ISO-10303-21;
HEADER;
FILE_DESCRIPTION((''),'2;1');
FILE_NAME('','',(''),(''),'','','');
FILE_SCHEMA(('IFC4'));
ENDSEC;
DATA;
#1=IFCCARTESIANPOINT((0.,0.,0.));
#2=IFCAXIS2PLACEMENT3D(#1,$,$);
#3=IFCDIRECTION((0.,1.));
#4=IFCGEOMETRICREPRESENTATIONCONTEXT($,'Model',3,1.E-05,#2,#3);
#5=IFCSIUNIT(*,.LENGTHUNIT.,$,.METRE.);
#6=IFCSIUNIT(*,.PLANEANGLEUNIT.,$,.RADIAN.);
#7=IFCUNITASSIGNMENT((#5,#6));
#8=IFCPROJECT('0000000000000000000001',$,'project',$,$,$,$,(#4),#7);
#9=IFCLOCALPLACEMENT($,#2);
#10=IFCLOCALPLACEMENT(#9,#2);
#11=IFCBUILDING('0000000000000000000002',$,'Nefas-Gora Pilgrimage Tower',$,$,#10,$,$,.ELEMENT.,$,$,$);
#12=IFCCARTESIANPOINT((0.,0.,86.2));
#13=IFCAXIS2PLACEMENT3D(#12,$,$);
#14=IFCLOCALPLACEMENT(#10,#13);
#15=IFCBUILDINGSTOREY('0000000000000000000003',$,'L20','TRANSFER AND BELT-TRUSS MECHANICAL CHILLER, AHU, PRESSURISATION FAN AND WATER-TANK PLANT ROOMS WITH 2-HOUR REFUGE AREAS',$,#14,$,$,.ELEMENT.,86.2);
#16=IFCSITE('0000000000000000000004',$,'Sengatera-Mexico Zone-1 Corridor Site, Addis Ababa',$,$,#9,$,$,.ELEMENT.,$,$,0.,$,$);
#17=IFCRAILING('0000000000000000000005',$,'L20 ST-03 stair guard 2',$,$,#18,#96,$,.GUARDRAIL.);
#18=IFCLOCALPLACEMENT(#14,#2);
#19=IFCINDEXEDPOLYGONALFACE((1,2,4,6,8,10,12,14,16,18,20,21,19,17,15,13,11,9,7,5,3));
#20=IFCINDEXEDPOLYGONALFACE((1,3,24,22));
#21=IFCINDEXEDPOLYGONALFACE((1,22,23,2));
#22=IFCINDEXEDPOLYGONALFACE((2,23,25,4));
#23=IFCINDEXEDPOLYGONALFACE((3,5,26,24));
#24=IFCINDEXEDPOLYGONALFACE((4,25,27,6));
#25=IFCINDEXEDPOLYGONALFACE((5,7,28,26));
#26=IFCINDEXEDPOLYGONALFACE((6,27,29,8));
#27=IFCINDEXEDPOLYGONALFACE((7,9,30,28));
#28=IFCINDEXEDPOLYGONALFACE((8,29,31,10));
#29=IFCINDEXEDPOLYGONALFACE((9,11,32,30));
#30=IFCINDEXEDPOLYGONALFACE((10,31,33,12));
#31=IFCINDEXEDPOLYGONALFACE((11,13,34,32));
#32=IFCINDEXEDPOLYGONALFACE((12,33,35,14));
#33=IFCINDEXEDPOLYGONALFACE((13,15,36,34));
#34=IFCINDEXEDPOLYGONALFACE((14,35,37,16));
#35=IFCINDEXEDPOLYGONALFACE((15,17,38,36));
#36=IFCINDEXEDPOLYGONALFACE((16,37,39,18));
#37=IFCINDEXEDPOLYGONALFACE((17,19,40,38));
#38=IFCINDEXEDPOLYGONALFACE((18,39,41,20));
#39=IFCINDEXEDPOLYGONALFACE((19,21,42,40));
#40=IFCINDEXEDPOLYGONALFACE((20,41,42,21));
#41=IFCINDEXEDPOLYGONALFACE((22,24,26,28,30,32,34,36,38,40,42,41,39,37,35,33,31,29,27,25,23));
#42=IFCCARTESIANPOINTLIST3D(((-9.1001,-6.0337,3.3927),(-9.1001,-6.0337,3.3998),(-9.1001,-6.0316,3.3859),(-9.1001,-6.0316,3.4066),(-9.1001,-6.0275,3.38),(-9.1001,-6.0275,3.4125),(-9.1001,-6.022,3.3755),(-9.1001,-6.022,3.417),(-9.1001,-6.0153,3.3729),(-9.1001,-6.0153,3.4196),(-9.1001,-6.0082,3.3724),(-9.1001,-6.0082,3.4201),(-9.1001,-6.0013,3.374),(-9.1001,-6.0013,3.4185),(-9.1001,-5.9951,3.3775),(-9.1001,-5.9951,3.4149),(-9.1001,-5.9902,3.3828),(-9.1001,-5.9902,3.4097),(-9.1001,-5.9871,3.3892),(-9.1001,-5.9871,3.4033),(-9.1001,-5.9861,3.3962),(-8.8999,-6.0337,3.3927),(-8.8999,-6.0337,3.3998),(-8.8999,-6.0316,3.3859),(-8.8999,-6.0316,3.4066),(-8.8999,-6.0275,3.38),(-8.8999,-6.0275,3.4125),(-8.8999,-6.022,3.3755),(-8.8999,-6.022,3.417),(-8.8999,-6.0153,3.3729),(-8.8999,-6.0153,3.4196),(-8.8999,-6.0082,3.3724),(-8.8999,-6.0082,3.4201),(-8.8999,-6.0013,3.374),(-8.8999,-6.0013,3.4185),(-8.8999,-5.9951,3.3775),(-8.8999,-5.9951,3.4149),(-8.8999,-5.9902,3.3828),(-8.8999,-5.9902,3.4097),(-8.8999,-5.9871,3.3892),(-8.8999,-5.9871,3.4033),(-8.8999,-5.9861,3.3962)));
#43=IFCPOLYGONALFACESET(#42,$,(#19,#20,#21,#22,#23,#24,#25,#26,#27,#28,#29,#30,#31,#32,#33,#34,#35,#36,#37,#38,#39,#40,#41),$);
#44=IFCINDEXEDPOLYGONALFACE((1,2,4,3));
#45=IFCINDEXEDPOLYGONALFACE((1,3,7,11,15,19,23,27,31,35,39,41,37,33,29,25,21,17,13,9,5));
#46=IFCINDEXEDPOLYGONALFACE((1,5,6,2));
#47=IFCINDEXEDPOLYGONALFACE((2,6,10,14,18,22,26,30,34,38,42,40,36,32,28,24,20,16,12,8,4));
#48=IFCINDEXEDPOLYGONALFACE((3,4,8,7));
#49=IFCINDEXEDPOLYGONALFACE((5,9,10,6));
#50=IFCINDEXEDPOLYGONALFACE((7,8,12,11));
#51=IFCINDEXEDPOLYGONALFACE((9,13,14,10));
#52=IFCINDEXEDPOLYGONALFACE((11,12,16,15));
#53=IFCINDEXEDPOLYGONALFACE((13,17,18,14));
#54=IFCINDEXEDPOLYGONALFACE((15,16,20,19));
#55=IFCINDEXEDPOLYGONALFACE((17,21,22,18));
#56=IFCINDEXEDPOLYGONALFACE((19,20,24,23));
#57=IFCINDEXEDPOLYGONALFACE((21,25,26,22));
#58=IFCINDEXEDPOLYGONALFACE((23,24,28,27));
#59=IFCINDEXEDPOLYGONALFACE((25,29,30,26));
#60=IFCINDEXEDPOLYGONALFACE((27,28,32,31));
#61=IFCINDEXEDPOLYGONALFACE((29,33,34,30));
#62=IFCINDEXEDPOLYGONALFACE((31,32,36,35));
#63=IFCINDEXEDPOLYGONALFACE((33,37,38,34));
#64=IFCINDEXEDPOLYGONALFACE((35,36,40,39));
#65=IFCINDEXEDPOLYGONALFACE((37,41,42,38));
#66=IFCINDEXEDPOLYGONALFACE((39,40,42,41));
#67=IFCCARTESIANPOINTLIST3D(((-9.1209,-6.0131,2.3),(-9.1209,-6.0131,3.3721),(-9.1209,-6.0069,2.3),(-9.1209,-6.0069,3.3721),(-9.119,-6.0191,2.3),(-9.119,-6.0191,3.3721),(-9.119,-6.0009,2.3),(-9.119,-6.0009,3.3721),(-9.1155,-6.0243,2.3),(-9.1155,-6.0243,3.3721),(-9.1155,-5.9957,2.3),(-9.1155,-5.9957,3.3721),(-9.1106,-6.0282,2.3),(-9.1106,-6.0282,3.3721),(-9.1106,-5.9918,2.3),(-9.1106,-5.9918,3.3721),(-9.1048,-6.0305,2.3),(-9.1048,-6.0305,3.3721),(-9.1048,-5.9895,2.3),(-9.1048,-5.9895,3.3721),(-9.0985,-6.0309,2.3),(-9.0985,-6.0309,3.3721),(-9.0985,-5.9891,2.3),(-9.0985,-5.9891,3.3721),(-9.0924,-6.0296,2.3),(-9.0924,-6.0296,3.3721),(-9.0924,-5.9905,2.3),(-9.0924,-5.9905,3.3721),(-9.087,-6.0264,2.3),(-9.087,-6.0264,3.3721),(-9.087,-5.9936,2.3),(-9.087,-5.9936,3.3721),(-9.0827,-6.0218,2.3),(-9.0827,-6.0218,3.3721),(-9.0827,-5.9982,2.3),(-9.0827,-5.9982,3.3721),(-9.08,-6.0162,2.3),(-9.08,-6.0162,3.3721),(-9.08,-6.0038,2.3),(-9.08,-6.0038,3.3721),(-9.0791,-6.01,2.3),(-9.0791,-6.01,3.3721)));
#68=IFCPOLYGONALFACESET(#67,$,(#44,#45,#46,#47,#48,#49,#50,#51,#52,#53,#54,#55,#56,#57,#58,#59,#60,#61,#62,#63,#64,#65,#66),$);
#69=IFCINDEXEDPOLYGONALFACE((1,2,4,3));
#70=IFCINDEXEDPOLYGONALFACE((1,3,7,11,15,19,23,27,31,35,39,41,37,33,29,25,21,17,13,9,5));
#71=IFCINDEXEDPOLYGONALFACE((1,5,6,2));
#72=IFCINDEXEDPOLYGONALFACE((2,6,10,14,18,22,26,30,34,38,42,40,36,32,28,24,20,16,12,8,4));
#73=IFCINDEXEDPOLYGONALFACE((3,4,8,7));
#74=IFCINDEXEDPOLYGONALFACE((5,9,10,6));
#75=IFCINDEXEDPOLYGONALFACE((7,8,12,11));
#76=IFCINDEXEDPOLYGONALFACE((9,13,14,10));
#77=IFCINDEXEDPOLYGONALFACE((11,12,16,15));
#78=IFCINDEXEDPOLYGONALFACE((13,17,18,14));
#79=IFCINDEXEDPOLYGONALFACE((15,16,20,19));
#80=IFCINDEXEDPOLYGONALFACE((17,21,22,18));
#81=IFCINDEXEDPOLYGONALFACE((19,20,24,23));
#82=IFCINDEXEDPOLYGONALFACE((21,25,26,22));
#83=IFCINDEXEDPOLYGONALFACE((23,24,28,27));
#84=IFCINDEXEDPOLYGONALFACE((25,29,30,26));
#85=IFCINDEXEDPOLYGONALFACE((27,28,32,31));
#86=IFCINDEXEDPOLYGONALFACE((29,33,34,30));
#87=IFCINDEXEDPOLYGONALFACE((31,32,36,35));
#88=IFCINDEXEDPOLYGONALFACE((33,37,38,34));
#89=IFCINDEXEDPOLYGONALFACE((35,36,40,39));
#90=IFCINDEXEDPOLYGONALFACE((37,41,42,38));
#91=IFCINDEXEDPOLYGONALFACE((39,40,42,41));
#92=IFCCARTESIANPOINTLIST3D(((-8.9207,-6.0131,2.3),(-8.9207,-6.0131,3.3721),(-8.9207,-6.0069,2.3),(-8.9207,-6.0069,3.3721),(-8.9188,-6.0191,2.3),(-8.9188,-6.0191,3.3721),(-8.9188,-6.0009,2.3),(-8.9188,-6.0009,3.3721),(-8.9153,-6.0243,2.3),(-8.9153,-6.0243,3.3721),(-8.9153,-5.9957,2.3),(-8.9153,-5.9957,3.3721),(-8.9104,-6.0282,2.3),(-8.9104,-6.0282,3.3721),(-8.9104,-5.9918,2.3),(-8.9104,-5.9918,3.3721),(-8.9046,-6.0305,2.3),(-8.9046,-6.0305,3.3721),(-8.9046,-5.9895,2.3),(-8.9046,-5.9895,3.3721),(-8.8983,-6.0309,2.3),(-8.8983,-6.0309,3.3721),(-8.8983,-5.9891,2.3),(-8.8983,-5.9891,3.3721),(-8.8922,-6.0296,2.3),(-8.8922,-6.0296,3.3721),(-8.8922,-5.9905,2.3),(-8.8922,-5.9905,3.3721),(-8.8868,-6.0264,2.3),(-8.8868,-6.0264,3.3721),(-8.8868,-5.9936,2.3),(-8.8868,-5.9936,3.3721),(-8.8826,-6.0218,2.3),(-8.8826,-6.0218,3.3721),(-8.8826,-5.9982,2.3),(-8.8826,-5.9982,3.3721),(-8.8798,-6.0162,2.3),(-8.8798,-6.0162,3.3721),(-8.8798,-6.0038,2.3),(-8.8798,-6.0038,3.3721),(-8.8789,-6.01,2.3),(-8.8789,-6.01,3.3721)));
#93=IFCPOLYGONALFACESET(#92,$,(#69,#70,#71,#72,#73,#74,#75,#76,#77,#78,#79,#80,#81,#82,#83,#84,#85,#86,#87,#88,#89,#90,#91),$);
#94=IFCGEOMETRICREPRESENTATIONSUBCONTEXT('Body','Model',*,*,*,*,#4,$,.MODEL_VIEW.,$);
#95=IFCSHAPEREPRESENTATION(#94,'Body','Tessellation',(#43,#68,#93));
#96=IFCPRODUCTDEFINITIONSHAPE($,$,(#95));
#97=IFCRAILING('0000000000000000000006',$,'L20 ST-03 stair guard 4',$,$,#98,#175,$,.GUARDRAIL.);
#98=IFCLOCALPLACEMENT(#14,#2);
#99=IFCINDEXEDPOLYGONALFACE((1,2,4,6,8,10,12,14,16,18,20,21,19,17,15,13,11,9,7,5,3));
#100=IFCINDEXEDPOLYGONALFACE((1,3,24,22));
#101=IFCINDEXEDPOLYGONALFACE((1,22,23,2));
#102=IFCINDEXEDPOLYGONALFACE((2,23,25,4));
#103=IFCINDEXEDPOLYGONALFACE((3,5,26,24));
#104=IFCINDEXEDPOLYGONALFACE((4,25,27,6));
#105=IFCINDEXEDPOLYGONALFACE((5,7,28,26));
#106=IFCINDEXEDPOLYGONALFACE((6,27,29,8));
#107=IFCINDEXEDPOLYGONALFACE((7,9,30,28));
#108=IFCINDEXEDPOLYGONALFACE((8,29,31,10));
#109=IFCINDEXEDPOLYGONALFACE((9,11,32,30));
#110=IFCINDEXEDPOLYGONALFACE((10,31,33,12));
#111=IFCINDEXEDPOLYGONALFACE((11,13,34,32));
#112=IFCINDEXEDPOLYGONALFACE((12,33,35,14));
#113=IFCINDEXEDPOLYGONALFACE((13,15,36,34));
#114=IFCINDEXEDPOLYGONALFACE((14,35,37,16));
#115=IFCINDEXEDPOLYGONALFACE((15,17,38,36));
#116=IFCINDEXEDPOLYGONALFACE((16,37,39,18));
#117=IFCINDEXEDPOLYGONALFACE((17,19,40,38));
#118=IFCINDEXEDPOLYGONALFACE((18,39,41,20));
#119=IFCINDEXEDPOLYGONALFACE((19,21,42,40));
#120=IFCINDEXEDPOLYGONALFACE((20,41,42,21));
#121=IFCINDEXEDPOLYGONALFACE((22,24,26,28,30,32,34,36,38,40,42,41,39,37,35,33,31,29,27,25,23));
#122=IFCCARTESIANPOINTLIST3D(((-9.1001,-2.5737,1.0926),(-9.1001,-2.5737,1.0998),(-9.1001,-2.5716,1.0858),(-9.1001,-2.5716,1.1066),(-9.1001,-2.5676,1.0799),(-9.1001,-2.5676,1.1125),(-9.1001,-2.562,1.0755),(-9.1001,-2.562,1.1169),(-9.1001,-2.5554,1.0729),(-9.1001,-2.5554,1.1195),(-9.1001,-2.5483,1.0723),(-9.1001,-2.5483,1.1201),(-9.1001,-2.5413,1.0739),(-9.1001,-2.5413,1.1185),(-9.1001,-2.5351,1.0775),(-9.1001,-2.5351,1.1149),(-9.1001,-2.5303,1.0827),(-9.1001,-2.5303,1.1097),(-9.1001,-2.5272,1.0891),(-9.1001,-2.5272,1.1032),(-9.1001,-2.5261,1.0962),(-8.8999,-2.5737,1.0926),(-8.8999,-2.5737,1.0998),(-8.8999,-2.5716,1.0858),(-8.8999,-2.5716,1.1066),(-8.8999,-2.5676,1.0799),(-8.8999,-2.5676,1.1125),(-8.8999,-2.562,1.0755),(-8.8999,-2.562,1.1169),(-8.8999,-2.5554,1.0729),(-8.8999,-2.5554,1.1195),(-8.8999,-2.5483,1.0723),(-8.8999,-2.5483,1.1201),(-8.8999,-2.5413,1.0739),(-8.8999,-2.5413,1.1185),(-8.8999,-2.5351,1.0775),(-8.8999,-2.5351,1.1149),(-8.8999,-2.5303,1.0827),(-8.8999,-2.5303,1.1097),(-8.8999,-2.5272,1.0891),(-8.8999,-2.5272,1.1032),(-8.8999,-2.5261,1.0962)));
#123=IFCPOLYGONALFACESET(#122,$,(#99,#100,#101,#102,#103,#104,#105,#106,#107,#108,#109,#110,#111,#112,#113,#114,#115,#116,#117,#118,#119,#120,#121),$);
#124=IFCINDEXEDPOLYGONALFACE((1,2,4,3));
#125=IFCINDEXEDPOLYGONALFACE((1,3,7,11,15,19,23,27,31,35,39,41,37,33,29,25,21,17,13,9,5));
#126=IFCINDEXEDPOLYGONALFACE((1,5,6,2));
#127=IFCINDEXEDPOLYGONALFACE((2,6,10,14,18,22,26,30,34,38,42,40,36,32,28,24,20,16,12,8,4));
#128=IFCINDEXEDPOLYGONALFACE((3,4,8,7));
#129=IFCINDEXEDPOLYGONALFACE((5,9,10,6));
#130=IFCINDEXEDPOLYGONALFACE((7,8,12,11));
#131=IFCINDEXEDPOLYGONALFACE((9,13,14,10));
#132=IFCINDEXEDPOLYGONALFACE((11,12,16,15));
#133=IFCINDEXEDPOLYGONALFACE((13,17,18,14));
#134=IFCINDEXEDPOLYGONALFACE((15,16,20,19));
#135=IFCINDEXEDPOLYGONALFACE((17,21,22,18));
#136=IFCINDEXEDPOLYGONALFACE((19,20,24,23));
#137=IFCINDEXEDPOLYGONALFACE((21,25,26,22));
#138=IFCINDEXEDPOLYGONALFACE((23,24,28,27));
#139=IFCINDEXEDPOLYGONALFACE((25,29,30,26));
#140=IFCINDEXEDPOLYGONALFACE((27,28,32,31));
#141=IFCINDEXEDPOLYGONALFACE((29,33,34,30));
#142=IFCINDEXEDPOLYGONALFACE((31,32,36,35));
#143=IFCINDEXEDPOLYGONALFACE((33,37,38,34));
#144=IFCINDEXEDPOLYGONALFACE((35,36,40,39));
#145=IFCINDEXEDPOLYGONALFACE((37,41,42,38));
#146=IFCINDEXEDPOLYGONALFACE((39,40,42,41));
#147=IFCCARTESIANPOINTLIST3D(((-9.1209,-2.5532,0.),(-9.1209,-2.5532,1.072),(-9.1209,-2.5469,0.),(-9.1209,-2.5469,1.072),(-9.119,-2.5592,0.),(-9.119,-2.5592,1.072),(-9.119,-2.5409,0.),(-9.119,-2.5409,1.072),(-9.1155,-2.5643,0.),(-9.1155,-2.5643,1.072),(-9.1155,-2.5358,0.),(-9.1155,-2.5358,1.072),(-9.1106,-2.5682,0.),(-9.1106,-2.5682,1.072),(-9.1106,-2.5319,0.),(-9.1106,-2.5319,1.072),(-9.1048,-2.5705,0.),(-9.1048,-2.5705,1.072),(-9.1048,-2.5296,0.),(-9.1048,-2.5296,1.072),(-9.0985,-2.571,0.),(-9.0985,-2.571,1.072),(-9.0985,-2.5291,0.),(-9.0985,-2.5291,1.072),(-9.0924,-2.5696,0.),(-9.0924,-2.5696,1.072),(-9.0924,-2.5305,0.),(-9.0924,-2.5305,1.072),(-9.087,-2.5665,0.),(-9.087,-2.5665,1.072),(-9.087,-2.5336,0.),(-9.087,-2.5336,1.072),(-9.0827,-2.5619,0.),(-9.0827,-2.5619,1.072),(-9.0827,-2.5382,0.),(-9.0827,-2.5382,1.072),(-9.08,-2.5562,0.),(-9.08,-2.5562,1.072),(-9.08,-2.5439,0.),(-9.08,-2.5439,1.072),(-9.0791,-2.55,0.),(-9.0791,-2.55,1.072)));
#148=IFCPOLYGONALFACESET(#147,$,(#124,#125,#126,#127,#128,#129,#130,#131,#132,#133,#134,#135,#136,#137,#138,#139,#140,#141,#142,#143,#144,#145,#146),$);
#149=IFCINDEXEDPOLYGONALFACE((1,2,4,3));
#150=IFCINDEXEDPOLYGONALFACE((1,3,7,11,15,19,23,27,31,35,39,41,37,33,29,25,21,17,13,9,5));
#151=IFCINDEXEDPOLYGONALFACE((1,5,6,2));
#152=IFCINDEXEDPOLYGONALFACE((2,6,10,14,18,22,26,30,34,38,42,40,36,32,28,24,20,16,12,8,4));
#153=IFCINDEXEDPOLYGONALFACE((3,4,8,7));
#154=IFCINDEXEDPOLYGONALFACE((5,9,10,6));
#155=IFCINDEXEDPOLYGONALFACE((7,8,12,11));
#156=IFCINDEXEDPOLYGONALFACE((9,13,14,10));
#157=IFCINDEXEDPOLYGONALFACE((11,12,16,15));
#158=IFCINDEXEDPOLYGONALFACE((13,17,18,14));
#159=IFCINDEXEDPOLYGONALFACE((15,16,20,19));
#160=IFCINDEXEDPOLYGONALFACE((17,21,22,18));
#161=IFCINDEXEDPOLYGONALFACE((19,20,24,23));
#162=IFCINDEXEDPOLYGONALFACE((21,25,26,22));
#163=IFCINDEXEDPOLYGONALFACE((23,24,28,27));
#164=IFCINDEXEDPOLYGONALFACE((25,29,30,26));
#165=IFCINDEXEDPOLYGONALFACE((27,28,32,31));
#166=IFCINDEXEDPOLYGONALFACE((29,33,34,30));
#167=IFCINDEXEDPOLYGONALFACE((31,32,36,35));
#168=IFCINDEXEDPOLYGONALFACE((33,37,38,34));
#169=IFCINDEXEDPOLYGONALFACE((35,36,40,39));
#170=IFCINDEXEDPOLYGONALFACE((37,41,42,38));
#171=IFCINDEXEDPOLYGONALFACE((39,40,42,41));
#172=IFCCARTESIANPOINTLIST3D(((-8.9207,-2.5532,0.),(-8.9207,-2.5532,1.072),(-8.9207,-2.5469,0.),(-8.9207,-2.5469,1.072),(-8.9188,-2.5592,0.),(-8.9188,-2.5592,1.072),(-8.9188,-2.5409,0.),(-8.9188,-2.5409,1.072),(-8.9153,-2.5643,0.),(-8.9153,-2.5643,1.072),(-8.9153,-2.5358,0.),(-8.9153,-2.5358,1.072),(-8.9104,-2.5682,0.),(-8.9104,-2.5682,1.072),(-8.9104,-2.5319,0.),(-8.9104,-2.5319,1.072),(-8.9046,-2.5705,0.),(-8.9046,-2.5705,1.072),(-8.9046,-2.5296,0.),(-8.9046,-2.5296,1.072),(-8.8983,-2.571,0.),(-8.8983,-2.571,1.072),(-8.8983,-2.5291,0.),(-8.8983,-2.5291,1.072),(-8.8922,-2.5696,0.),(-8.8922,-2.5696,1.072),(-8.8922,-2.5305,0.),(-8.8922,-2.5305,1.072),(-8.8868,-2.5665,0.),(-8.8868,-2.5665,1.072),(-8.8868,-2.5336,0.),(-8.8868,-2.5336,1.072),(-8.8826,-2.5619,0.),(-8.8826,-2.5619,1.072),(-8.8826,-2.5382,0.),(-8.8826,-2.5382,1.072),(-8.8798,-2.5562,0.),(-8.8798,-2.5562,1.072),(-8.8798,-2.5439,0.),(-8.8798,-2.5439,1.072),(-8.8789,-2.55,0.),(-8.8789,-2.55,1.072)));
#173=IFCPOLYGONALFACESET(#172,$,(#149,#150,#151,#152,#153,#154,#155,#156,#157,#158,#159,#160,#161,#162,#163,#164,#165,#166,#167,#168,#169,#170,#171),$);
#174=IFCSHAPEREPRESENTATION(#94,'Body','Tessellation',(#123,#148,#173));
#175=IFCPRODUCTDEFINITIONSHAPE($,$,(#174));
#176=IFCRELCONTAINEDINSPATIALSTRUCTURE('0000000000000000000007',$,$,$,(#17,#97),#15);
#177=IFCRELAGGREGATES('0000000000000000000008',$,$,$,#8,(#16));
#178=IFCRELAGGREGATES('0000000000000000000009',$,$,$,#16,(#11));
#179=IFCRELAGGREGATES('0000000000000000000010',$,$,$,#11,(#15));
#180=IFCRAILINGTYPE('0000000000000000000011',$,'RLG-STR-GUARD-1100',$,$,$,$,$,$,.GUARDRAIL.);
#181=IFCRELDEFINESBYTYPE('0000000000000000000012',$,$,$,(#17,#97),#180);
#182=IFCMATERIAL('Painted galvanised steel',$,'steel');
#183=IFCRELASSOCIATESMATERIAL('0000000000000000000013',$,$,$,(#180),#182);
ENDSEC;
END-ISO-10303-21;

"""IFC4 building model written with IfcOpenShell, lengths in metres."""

from ifc_helpers import new_model, si_unit, direction, frame, origin, origin_2d, place, context, subcontext, project, spatial, circle, extrude, material, type_object, element, save


model = new_model("IFC4")

# Units and contexts
model_context = context("Model", 3, precision=1e-05, world=origin(), true_north=direction((0.0, 1.0)))
body_context = subcontext(model_context, "Body", "Model", "MODEL_VIEW")
ifc_project = project(units=[si_unit("LENGTHUNIT", "METRE"), si_unit("PLANEANGLEUNIT", "RADIAN")], contexts=[model_context])

# Site, building, storey
site_placement = place(None, origin())
site = spatial("IfcSite", under=ifc_project, at=site_placement, Name="Sengatera-Mexico Zone-1 Corridor Site, Addis Ababa", CompositionType="ELEMENT", RefElevation=0.0)
building_placement = place(site_placement, origin())
building = spatial("IfcBuilding", under=site, at=building_placement, Name="Nefas-Gora Pilgrimage Tower", CompositionType="ELEMENT")
storey_placement = place(building_placement, frame((0.0, 0.0, 86.2)))
storey = spatial("IfcBuildingStorey", under=building, at=storey_placement, Name="L20", Description="TRANSFER AND BELT-TRUSS MECHANICAL CHILLER, AHU, PRESSURISATION FAN AND WATER-TANK PLANT ROOMS WITH 2-HOUR REFUGE AREAS", CompositionType="ELEMENT", Elevation=86.2)

# Railings
ifc_material_1 = material(Name="Painted galvanised steel", Category="steel")
railing_type_1 = type_object("IfcRailingType", Name="RLG-STR-GUARD-1100", PredefinedType="GUARDRAIL", material=ifc_material_1)
for number, where, name in (
    (1, (-9.1001, -6.01, 2.3), "L20 ST-03 stair guard 2"),
    (2, (-9.1001, -2.55, 0.0), "L20 ST-03 stair guard 4"),
):
    element("IfcRailing", number, at=place(storey_placement, frame(where)), inside=storey, type_object=railing_type_1, Name=name, PredefinedType="GUARDRAIL", context=body_context, shape_type="SweptSolid", body=[
        extrude(circle(Radius=0.0239, at=origin_2d()), frame((0.0, 0.0, 1.0962), z_axis=(1.0, 0.0, 0.0), x_axis=(0.0, 1.0, 0.0)), (0.0, 0.0, 1.0), 0.2002),
        extrude(circle(Radius=0.021, at=origin_2d()), origin(), (0.0, 0.0, 1.0), 1.072),
        extrude(circle(Radius=0.021, at=origin_2d()), frame((0.2002, 0.0, 0.0)), (0.0, 0.0, 1.0), 1.072),
    ])

save(model, "model.ifc")
